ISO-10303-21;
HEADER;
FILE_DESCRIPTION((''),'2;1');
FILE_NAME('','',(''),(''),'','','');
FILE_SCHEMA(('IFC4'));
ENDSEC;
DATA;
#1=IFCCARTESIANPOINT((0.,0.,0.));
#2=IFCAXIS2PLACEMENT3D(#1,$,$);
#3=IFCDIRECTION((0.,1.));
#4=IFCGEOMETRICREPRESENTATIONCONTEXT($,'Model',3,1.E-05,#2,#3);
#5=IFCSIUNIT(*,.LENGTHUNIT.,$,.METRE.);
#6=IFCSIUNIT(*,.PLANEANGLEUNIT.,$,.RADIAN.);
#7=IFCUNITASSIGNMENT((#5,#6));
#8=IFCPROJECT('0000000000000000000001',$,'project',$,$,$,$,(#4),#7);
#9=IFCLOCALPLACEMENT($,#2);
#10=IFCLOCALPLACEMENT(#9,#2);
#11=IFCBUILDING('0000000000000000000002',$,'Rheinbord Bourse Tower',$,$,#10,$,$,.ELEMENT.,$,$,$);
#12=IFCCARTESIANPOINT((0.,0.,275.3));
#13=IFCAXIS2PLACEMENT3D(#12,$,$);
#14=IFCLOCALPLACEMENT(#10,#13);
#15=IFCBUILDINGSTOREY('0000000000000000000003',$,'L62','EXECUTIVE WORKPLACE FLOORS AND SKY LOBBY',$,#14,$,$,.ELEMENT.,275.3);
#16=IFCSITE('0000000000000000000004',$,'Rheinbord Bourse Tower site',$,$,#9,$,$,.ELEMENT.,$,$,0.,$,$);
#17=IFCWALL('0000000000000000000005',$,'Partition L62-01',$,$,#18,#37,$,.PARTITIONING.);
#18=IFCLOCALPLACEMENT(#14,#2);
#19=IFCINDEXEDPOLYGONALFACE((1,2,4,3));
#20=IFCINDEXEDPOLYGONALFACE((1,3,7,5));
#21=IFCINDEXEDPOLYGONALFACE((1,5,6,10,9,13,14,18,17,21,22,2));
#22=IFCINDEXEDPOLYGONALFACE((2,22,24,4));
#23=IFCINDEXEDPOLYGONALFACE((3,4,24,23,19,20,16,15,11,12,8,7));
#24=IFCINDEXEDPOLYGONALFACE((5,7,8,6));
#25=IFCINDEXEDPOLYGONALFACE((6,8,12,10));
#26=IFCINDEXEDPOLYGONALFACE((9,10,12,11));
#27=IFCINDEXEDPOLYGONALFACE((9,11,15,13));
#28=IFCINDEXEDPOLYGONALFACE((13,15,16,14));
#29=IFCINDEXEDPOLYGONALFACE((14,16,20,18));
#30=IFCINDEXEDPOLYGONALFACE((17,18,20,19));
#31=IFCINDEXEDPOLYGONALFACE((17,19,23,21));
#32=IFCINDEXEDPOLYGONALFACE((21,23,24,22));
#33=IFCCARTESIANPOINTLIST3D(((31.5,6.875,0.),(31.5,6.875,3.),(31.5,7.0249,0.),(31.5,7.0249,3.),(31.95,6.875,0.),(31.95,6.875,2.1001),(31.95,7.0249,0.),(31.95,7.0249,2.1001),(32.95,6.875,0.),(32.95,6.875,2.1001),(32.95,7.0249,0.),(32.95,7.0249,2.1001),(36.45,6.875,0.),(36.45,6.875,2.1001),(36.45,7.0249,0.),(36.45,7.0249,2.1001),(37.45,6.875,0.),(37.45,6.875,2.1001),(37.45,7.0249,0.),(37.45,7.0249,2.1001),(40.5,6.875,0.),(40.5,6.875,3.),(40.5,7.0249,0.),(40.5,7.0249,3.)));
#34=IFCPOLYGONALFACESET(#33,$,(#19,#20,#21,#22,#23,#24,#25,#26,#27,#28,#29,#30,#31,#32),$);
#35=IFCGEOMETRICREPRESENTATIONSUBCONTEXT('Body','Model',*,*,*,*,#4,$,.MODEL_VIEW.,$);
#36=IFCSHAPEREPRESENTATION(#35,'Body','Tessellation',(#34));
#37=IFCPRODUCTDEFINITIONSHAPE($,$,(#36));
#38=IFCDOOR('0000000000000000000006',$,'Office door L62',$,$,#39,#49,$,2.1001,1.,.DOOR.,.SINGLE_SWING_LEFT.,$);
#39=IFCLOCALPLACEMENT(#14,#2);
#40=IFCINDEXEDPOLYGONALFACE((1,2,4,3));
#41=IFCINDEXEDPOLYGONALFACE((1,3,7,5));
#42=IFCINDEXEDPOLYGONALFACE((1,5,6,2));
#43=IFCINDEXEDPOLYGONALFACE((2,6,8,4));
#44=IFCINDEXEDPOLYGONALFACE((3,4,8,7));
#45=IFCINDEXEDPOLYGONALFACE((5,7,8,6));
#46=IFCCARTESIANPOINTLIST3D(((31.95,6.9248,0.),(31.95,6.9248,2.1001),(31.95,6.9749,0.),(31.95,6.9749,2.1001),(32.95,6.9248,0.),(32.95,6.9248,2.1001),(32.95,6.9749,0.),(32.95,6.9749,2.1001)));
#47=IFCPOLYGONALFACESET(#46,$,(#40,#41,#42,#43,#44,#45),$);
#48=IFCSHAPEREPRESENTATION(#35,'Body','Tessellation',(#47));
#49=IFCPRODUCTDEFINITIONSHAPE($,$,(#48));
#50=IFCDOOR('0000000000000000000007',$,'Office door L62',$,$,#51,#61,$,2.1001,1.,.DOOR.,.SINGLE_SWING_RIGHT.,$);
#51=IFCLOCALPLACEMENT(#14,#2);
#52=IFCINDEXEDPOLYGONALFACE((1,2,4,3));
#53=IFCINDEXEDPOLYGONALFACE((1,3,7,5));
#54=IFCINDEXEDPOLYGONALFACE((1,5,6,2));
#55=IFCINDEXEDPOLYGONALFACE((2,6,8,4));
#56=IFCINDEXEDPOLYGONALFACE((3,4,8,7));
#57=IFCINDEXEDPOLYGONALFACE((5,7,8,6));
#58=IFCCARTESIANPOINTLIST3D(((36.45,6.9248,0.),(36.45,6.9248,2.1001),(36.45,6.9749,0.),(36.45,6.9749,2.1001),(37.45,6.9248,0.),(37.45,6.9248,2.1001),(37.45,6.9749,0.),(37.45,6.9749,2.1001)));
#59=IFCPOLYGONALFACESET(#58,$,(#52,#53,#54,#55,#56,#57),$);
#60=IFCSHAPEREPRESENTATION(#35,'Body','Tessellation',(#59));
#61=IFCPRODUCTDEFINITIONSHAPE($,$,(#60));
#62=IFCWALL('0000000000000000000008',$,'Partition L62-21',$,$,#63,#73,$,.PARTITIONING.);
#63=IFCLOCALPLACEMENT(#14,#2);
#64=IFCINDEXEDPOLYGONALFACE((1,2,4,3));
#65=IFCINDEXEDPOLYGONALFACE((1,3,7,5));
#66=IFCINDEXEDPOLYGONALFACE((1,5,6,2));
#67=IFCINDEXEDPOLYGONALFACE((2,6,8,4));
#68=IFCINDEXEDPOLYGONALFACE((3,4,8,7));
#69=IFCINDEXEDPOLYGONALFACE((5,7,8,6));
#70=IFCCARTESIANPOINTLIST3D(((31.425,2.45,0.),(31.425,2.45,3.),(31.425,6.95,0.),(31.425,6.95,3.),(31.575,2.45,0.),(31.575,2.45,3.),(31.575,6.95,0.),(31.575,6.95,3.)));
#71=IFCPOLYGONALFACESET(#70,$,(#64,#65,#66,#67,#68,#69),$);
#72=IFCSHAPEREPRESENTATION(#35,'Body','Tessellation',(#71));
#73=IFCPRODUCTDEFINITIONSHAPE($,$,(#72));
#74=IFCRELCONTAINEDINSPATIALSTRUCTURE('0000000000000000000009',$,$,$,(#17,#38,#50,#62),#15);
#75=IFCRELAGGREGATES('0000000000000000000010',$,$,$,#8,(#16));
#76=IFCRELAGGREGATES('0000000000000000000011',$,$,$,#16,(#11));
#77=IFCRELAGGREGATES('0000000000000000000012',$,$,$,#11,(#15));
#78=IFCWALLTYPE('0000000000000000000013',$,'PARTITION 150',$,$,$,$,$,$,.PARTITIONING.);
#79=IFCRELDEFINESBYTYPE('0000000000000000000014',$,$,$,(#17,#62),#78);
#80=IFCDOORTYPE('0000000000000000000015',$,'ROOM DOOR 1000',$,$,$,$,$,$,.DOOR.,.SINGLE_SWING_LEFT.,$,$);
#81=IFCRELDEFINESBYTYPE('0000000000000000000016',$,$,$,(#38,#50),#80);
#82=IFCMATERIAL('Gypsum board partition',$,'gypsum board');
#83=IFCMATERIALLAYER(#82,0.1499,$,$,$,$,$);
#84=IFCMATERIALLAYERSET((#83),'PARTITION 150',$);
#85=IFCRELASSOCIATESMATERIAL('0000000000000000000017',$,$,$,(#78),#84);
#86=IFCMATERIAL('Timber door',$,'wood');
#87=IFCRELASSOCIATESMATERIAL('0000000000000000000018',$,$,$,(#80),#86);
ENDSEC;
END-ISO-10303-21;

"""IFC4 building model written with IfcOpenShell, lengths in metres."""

from ifc_helpers import new_model, si_unit, direction, frame, frame_2d, origin, place, context, subcontext, project, spatial, rectangle, extrude, material, layer, layer_set, type_object, element, fill, save


model = new_model("IFC4")

# Units and contexts
model_context = context("Model", 3, precision=1e-05, world=origin(), true_north=direction((0.0, 1.0)))
body_context = subcontext(model_context, "Body", "Model", "MODEL_VIEW")
ifc_project = project(units=[si_unit("LENGTHUNIT", "METRE"), si_unit("PLANEANGLEUNIT", "RADIAN")], contexts=[model_context])

# Site, building, storey
site_placement = place(None, origin())
site = spatial("IfcSite", under=ifc_project, at=site_placement, Name="Rheinbord Bourse Tower site", CompositionType="ELEMENT", RefElevation=0.0)
building_placement = place(site_placement, origin())
building = spatial("IfcBuilding", under=site, at=building_placement, Name="Rheinbord Bourse Tower", CompositionType="ELEMENT")
storey_placement = place(building_placement, frame((0.0, 0.0, 275.3)))
storey = spatial("IfcBuildingStorey", under=building, at=storey_placement, Name="L62", Description="EXECUTIVE WORKPLACE FLOORS AND SKY LOBBY", CompositionType="ELEMENT", Elevation=275.3)

# Wall, openings, doors
ifc_material_1 = material(Name="Gypsum board partition", Category="gypsum board")
ifc_layer_1 = layer(ifc_material_1, 0.1499)
ifc_layer_set_1 = layer_set([ifc_layer_1], Name="PARTITION 150")
wall_type_1 = type_object("IfcWallType", Name="PARTITION 150", PredefinedType="PARTITIONING", material=ifc_layer_set_1)
wall_1_placement = place(storey_placement, frame((31.5, 6.95, 0.0), z_axis=(0.0, 0.0, 1.0), x_axis=(1.0, 0.0, 0.0)))
wall_1 = element("IfcWall", 1, at=wall_1_placement, inside=storey, type_object=wall_type_1, Name="Partition L62-01", PredefinedType="PARTITIONING", context=body_context, shape_type="SweptSolid", body=[
    extrude(rectangle(XDim=9.0, YDim=0.1499, at=frame_2d((4.5, 0.0))), origin(), (0.0, 0.0, 1.0), 3.0),
])
opening_1_placement = place(wall_1_placement, frame((0.45, 0.0, 0.0)))
opening_1 = element("IfcOpeningElement", 2, at=opening_1_placement, cuts=wall_1, PredefinedType="OPENING", context=body_context, shape_type="SweptSolid", body=[
    extrude(rectangle(XDim=1.0, YDim=2.1001, at=frame_2d((0.5, 1.05))), frame((0.0, 0.085, 0.0), z_axis=(0.0, -1.0, 0.0), x_axis=(1.0, 0.0, 0.0)), (0.0, 0.0, 1.0), 0.1699),
])
opening_2_placement = place(wall_1_placement, frame((4.95, 0.0, 0.0)))
opening_2 = element("IfcOpeningElement", 3, at=opening_2_placement, cuts=wall_1, PredefinedType="OPENING", context=body_context, shape_type="SweptSolid", body=[
    extrude(rectangle(XDim=1.0, YDim=2.1001, at=frame_2d((0.5, 1.05))), frame((0.0, 0.085, 0.0), z_axis=(0.0, -1.0, 0.0), x_axis=(1.0, 0.0, 0.0)), (0.0, 0.0, 1.0), 0.1699),
])
ifc_material_2 = material(Name="Timber door", Category="wood")
door_type_1 = type_object("IfcDoorType", Name="ROOM DOOR 1000", OperationType="SINGLE_SWING_LEFT", PredefinedType="DOOR", material=ifc_material_2)
door_1_placement = place(opening_1_placement, origin())
door_1 = element("IfcDoor", 4, at=door_1_placement, inside=storey, type_object=door_type_1, Name="Office door L62", OperationType="SINGLE_SWING_LEFT", OverallHeight=2.1001, OverallWidth=1.0, PredefinedType="DOOR", context=body_context, shape_type="SweptSolid", body=[
    extrude(rectangle(XDim=1.0, YDim=2.1001, at=frame_2d((0.5, 1.05))), frame((0.0, 0.0249, 0.0), z_axis=(0.0, -1.0, 0.0), x_axis=(1.0, 0.0, 0.0)), (0.0, 0.0, 1.0), 0.05),
])
fill(opening_1, door_1)
door_2_placement = place(opening_2_placement, origin())
door_2 = element("IfcDoor", 5, at=door_2_placement, inside=storey, type_object=door_type_1, Name="Office door L62", OperationType="SINGLE_SWING_RIGHT", OverallHeight=2.1001, OverallWidth=1.0, PredefinedType="DOOR", context=body_context, shape_type="SweptSolid", body=[
    extrude(rectangle(XDim=1.0, YDim=2.1001, at=frame_2d((0.5, 1.05))), frame((0.0, 0.0249, 0.0), z_axis=(0.0, -1.0, 0.0), x_axis=(1.0, 0.0, 0.0)), (0.0, 0.0, 1.0), 0.05),
])
fill(opening_2, door_2)

# Wall
wall_2_placement = place(storey_placement, frame((31.5, 2.45, 0.0), z_axis=(0.0, 0.0, 1.0), x_axis=(0.0, 1.0, 0.0)))
element("IfcWall", 6, at=wall_2_placement, inside=storey, type_object=wall_type_1, Name="Partition L62-21", PredefinedType="PARTITIONING", context=body_context, shape_type="SweptSolid", body=[
    extrude(rectangle(XDim=4.5, YDim=0.1499, at=frame_2d((2.25, 0.0))), origin(), (0.0, 0.0, 1.0), 3.0),
])

save(model, "model.ifc")
